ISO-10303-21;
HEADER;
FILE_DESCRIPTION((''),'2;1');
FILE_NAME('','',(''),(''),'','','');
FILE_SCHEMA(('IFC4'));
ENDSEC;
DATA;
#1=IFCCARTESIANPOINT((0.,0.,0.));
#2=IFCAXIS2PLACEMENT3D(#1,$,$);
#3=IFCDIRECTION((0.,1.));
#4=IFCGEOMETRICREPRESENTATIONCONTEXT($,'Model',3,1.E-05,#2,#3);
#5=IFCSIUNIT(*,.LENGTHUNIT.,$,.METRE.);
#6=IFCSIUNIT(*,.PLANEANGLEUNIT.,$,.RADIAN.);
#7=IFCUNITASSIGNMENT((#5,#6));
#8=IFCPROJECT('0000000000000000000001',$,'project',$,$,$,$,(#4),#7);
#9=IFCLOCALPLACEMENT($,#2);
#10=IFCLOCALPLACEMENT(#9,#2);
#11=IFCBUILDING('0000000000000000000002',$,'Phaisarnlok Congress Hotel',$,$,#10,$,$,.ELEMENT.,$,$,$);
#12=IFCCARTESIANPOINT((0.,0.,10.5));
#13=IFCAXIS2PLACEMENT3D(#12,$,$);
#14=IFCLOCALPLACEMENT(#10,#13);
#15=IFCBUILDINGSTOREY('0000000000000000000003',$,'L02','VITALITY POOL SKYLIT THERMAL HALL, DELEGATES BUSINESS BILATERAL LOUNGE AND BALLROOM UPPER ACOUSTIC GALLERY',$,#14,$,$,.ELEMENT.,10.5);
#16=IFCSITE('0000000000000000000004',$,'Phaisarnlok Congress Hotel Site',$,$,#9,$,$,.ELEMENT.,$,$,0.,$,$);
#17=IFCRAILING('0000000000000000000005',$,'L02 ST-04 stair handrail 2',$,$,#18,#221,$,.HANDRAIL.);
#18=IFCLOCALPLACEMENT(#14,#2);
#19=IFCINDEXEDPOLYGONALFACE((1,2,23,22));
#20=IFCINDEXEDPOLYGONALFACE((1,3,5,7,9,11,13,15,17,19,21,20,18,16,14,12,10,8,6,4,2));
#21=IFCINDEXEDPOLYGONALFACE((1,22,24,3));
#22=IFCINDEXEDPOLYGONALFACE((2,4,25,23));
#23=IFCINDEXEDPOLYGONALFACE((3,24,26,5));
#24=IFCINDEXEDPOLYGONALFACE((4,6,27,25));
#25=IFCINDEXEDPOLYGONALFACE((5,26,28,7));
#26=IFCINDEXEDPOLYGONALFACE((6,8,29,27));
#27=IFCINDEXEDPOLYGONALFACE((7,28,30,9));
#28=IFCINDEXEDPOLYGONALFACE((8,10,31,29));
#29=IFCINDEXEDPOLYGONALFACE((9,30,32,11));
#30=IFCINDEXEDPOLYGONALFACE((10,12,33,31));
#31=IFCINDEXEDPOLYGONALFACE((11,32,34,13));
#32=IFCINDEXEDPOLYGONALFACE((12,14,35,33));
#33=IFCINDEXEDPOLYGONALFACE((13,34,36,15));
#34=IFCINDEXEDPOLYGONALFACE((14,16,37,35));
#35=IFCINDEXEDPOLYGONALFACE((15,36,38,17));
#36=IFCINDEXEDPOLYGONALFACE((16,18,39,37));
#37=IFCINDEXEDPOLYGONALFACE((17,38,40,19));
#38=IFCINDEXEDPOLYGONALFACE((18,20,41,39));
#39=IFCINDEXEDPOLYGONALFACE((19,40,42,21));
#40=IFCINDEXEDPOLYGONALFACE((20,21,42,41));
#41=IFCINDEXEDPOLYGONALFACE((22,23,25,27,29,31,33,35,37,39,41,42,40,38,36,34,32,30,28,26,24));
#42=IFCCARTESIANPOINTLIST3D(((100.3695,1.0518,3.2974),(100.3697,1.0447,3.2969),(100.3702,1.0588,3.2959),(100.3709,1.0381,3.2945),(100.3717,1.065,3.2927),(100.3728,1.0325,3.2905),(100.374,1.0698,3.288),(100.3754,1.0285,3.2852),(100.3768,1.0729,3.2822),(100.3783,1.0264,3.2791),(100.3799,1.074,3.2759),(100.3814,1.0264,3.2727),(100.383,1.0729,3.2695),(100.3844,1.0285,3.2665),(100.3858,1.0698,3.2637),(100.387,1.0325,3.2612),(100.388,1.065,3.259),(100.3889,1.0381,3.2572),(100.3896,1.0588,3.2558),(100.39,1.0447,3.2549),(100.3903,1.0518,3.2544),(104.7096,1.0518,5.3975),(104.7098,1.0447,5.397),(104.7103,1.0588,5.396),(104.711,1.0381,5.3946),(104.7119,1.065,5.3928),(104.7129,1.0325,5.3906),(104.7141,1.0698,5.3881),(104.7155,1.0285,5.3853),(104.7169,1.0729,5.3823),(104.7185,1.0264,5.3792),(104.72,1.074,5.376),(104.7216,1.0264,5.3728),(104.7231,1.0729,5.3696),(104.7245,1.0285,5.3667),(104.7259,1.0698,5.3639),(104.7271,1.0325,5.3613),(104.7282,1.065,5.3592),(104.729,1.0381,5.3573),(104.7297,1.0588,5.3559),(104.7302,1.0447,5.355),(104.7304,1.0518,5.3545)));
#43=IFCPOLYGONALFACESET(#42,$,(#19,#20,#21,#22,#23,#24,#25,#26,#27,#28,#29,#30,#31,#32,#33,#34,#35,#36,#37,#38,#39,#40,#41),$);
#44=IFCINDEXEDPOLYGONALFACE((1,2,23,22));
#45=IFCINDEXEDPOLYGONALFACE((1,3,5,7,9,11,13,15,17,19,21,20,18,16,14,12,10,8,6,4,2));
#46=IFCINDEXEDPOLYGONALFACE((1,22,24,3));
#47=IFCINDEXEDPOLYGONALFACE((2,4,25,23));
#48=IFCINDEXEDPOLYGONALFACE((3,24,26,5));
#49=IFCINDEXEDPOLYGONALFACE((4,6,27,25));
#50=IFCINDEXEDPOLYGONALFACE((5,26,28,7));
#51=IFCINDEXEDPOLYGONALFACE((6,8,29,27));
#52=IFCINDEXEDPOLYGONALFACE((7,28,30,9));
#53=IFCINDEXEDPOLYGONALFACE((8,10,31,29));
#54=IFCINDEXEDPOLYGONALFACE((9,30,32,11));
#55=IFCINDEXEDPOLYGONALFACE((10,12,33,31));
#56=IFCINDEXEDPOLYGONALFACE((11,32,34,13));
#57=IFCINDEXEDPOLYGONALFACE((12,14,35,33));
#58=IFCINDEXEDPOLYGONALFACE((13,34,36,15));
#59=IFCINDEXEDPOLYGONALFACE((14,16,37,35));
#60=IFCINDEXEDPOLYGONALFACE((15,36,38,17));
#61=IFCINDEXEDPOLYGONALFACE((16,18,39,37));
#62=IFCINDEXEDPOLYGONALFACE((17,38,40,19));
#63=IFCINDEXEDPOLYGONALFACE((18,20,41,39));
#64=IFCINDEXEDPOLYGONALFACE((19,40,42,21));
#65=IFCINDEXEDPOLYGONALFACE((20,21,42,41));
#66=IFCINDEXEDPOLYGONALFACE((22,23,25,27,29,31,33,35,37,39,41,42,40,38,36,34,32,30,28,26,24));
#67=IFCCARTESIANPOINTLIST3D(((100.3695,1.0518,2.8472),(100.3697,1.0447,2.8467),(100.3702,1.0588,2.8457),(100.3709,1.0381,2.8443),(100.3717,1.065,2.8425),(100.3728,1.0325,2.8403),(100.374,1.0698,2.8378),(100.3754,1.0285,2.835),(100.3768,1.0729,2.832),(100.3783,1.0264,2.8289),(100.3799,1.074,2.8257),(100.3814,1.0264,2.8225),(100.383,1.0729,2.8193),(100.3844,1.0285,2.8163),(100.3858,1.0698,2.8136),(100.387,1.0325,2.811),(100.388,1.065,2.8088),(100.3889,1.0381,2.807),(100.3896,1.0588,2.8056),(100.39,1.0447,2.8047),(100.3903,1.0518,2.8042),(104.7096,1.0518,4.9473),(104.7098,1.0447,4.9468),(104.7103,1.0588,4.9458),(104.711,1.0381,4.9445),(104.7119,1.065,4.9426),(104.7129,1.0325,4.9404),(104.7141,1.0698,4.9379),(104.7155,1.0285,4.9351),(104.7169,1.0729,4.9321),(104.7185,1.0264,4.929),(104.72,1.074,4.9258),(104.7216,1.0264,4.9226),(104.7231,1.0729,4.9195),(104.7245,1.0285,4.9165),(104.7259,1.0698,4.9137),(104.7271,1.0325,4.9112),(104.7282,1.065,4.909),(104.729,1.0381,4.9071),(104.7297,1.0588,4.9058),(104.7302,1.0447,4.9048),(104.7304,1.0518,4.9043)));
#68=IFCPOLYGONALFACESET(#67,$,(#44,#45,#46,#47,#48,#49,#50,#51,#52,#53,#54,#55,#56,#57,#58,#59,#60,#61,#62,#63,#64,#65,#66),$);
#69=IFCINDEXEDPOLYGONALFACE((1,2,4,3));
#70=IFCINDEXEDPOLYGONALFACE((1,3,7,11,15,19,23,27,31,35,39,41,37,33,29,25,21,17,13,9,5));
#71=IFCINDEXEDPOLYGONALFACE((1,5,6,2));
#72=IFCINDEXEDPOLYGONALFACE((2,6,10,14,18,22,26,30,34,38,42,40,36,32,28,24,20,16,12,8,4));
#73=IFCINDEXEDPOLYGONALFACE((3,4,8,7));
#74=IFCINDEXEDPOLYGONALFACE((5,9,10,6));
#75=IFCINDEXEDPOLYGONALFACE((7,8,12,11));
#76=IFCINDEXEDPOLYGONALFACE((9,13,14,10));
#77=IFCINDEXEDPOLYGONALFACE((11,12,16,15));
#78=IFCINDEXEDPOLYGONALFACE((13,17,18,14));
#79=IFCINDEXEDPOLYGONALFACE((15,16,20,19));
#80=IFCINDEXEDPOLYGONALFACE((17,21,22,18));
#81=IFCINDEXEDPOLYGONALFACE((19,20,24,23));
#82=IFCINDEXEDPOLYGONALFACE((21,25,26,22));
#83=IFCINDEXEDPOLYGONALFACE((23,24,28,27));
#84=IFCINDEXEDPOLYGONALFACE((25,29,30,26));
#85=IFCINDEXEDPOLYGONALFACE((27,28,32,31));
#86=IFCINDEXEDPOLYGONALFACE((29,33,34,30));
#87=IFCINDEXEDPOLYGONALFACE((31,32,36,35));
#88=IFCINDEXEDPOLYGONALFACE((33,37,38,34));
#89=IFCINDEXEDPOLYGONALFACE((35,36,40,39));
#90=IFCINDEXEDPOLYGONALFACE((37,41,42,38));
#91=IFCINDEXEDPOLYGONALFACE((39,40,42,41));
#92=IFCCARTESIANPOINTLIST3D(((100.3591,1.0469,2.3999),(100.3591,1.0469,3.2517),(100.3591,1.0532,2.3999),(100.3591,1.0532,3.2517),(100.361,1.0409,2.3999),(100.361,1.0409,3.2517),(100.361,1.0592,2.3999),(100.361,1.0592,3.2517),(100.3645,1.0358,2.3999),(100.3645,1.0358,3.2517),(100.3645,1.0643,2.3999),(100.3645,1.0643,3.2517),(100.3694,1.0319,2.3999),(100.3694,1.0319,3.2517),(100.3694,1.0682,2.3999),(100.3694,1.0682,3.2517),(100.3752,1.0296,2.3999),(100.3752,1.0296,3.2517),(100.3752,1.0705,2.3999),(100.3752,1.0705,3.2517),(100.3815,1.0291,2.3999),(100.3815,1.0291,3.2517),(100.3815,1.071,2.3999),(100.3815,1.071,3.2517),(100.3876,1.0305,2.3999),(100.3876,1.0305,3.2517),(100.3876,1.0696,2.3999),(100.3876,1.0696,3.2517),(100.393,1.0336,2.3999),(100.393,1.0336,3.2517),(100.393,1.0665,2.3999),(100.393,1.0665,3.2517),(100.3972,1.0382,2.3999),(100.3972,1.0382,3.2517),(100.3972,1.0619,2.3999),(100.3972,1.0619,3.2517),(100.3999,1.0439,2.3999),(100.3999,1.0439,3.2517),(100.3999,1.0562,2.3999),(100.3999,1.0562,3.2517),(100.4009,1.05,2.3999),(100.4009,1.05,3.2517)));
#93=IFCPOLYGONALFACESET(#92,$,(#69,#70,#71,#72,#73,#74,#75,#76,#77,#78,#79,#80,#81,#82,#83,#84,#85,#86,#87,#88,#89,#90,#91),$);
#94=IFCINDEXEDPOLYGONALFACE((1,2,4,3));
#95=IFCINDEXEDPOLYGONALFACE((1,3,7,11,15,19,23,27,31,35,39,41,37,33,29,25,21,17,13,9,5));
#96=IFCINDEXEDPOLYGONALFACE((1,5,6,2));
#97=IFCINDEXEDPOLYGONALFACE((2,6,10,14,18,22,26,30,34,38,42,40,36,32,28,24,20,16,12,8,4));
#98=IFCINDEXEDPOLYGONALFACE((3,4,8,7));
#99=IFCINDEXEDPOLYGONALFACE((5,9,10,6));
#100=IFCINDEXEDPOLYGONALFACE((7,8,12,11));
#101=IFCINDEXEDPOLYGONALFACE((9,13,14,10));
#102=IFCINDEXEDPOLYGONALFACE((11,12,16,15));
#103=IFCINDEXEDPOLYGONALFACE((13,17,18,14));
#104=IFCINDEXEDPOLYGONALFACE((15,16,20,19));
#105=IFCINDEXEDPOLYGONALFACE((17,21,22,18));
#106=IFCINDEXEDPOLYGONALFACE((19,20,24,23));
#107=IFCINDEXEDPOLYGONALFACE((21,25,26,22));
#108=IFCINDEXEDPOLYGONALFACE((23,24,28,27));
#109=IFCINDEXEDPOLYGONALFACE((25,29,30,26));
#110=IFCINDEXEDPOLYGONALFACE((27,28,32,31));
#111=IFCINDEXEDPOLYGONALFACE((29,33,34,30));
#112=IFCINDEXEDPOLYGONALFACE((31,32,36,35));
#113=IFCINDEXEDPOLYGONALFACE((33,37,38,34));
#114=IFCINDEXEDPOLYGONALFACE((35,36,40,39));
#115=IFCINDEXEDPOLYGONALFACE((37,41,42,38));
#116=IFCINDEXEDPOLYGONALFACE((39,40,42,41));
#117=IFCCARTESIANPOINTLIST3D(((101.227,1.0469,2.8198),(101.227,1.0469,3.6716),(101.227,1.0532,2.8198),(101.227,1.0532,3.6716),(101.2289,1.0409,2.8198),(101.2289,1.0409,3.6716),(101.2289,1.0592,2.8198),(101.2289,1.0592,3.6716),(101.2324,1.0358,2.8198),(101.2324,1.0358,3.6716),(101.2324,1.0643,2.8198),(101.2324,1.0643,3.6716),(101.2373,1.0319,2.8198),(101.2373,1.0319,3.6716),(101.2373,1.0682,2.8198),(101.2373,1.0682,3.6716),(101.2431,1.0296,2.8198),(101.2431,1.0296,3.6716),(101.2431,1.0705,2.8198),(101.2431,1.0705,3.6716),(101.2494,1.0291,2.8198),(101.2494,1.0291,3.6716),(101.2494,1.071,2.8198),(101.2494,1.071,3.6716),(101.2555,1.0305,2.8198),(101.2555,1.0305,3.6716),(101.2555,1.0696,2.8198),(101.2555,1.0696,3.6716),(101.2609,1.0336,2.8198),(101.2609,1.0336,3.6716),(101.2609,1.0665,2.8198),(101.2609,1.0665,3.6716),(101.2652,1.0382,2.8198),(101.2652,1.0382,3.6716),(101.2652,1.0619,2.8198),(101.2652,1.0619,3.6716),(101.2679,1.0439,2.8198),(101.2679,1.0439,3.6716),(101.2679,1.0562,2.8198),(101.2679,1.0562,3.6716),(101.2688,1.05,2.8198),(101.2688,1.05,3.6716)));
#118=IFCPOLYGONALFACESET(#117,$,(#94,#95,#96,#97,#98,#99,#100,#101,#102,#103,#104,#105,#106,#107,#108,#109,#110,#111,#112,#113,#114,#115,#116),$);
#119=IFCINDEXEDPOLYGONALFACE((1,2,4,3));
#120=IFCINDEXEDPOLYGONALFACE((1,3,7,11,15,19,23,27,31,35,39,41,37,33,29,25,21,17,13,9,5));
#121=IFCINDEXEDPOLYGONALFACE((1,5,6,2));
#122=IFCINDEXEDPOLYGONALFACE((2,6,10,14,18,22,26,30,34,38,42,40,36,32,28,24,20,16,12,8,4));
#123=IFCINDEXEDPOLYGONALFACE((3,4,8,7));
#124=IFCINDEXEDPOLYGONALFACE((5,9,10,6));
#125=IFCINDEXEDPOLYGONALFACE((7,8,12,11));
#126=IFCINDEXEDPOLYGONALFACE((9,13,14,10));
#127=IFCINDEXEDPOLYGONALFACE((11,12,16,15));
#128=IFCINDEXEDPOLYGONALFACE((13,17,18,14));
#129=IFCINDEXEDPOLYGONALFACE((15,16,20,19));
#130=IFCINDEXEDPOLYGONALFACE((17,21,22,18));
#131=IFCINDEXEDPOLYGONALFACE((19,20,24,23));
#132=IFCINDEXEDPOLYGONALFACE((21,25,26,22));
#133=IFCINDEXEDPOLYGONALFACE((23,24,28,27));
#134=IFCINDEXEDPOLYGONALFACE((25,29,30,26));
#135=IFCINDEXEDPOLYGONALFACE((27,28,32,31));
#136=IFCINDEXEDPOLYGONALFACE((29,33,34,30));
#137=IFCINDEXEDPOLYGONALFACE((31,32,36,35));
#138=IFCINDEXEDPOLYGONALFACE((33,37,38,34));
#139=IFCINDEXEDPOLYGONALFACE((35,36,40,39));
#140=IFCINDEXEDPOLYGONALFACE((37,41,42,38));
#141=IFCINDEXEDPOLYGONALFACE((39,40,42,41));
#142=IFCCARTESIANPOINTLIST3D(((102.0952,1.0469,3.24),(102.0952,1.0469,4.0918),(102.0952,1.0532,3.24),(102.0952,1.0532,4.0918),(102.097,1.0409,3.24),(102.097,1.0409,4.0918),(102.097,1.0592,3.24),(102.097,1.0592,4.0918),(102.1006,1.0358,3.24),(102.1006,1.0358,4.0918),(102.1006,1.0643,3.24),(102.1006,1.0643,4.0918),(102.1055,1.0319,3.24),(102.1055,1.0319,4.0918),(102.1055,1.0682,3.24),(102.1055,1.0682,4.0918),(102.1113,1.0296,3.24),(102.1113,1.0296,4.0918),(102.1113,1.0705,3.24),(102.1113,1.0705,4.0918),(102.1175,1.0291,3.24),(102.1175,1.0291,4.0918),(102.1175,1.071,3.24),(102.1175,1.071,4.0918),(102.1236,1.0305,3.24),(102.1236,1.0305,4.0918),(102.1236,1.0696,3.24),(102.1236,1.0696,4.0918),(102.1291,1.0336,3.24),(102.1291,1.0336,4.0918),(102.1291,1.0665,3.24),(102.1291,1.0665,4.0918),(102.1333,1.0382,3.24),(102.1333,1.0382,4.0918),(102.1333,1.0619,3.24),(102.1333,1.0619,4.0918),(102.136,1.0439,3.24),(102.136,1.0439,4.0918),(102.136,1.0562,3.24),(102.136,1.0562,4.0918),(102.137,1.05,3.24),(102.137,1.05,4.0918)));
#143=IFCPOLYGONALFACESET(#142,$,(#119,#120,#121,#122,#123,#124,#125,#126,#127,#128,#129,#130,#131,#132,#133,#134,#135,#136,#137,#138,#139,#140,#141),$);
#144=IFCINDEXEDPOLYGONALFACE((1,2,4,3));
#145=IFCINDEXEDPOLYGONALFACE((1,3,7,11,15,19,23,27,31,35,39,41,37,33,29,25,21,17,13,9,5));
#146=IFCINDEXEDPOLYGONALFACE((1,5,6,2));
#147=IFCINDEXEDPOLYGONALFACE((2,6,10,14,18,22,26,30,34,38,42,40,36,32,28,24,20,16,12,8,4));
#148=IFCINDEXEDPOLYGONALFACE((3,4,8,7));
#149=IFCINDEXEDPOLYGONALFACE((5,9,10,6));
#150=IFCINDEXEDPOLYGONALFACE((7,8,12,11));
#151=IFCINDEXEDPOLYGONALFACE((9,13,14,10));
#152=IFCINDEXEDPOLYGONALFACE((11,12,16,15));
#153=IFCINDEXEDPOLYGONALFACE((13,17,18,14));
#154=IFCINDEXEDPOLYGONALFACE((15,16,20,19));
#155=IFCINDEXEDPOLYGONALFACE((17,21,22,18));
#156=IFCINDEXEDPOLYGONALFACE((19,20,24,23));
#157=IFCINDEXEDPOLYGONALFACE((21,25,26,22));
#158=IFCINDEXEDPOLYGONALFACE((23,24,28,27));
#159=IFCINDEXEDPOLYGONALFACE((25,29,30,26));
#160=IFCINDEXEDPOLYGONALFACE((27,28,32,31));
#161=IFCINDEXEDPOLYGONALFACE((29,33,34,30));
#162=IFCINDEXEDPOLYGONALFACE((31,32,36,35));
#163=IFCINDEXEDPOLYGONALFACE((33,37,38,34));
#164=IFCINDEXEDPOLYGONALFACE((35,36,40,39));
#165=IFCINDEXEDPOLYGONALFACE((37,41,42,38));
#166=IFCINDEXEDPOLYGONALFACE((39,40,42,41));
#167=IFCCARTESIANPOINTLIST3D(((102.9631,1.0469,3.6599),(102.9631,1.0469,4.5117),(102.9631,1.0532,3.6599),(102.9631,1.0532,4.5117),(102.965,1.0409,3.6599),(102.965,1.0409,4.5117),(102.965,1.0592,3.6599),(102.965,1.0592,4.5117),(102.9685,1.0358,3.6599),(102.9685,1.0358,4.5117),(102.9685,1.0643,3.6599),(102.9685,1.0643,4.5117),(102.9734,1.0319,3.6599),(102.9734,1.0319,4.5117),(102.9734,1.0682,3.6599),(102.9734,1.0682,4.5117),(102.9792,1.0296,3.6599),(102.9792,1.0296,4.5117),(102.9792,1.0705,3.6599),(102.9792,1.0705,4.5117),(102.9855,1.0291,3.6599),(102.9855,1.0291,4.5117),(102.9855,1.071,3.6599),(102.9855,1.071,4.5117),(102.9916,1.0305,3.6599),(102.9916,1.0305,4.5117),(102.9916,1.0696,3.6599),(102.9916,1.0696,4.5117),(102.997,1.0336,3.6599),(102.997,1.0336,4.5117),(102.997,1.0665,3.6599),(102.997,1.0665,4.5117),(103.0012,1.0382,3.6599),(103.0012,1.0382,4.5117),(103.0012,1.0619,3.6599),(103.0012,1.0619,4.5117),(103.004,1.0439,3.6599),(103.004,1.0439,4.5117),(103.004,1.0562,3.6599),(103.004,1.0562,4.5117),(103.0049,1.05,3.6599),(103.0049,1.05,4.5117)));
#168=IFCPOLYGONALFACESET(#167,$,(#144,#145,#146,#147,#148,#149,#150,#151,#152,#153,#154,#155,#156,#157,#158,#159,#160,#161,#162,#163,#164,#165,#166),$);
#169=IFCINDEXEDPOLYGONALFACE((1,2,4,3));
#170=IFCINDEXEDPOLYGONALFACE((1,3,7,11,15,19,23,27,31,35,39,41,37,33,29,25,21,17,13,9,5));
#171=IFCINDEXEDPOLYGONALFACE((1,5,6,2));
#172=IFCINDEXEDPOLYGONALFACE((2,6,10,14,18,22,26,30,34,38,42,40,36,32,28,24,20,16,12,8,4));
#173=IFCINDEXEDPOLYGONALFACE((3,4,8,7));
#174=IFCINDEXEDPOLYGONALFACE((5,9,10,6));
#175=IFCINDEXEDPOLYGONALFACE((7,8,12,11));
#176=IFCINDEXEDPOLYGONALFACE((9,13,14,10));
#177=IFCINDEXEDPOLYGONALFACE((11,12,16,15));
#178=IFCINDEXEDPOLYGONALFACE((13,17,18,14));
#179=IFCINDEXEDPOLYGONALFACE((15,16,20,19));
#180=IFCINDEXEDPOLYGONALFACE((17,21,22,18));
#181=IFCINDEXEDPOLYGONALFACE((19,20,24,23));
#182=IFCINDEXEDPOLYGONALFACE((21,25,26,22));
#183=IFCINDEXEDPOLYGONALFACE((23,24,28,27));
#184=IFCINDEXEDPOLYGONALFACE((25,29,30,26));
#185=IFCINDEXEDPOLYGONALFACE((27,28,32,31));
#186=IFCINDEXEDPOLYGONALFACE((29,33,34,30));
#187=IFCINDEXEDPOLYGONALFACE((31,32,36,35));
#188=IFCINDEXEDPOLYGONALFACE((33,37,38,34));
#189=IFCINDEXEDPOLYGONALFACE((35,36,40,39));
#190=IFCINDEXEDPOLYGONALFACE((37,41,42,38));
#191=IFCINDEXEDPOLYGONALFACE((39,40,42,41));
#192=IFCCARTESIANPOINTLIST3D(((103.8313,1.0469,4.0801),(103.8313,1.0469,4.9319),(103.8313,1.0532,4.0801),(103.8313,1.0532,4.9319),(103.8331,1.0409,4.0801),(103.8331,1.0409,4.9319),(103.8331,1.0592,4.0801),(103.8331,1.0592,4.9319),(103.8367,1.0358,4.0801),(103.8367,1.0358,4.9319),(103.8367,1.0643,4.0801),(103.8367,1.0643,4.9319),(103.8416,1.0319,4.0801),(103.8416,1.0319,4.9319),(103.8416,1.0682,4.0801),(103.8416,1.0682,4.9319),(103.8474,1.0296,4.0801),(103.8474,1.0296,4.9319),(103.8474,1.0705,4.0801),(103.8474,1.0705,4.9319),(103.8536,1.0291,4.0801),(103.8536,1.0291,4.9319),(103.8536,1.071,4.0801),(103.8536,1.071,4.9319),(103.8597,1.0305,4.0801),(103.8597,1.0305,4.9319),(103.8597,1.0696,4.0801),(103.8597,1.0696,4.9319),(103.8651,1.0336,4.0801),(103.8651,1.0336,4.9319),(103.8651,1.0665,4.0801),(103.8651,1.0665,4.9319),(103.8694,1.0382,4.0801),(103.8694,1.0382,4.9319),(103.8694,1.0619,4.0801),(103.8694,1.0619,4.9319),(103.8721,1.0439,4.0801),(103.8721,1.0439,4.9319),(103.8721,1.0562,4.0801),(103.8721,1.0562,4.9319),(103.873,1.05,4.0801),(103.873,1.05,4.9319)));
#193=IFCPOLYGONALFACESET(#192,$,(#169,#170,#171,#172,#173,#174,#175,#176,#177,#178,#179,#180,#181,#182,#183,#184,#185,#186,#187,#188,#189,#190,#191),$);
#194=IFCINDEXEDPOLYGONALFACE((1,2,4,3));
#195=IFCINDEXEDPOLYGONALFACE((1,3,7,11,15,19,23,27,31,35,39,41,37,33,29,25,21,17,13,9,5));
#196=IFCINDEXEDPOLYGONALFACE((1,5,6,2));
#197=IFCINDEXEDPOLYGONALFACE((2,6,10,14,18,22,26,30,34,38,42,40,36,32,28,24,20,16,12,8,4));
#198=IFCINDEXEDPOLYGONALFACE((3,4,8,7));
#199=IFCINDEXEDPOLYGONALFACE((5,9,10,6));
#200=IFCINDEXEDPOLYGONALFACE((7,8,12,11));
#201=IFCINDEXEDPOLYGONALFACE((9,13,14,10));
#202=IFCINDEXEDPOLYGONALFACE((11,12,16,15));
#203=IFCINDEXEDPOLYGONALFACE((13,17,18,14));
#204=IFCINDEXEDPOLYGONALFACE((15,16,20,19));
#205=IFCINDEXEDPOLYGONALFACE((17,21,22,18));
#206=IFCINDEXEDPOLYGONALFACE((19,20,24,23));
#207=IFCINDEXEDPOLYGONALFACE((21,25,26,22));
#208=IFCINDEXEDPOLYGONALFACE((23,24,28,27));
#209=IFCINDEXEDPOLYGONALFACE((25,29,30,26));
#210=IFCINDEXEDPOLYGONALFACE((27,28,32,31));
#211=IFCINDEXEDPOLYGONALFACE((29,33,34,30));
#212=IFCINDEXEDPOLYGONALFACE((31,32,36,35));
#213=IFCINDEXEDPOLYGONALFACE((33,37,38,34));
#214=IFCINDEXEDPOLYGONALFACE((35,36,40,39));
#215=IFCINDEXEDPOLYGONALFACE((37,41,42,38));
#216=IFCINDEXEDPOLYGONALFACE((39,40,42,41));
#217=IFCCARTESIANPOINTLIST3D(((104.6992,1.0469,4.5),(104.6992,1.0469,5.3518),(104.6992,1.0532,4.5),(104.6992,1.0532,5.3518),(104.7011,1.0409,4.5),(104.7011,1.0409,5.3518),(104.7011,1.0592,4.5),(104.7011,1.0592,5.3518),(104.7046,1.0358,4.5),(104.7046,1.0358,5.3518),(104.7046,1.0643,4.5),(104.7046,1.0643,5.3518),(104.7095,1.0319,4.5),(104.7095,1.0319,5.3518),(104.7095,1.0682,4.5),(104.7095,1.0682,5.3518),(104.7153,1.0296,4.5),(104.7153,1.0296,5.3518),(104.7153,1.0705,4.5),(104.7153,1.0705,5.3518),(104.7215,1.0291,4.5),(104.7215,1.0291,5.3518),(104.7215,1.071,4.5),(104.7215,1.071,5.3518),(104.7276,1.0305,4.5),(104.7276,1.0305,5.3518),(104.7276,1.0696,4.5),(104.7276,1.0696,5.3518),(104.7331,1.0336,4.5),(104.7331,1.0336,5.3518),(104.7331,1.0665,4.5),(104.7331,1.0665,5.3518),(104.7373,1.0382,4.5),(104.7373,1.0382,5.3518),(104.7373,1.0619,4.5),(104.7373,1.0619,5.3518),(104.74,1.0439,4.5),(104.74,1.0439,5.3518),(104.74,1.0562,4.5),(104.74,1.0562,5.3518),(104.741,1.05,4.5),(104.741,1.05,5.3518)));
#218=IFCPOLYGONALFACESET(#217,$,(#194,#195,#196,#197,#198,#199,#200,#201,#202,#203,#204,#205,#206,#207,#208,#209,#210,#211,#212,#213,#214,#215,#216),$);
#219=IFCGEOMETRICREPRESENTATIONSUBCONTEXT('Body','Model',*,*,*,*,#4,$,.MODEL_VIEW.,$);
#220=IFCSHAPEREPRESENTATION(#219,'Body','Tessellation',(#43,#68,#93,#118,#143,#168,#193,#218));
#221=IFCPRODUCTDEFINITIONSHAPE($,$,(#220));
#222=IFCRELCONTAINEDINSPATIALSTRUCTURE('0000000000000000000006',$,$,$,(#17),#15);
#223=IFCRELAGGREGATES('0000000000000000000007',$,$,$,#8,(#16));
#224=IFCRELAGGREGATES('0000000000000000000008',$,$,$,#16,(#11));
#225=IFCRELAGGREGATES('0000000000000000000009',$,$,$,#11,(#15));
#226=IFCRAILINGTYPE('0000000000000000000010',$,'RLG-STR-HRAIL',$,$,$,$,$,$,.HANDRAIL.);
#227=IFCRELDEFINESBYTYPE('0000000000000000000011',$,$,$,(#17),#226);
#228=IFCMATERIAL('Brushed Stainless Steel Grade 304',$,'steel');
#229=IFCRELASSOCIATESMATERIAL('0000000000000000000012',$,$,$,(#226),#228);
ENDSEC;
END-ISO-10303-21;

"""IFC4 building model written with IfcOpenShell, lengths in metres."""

from ifc_helpers import new_model, si_unit, direction, frame, origin, origin_2d, place, context, subcontext, project, spatial, circle, extrude, material, type_object, element, save


model = new_model("IFC4")

# Units and contexts
model_context = context("Model", 3, precision=1e-05, world=origin(), true_north=direction((0.0, 1.0)))
body_context = subcontext(model_context, "Body", "Model", "MODEL_VIEW")
ifc_project = project(units=[si_unit("LENGTHUNIT", "METRE"), si_unit("PLANEANGLEUNIT", "RADIAN")], contexts=[model_context])

# Site, building, storey
site_placement = place(None, origin())
site = spatial("IfcSite", under=ifc_project, at=site_placement, Name="Phaisarnlok Congress Hotel Site", CompositionType="ELEMENT", RefElevation=0.0)
building_placement = place(site_placement, origin())
building = spatial("IfcBuilding", under=site, at=building_placement, Name="Phaisarnlok Congress Hotel", CompositionType="ELEMENT")
storey_placement = place(building_placement, frame((0.0, 0.0, 10.5)))
storey = spatial("IfcBuildingStorey", under=building, at=storey_placement, Name="L02", Description="VITALITY POOL SKYLIT THERMAL HALL, DELEGATES BUSINESS BILATERAL LOUNGE AND BALLROOM UPPER ACOUSTIC GALLERY", CompositionType="ELEMENT", Elevation=10.5)

# Railing
ifc_material_1 = material(Name="Brushed Stainless Steel Grade 304", Category="steel")
railing_type = type_object("IfcRailingType", Name="RLG-STR-HRAIL", PredefinedType="HANDRAIL", material=ifc_material_1)
railing_placement = place(storey_placement, frame((100.3799, 1.05, 2.3999)))
element("IfcRailing", 1, at=railing_placement, inside=storey, type_object=railing_type, Name="L02 ST-04 stair handrail 2", PredefinedType="HANDRAIL", context=body_context, shape_type="SweptSolid", body=[
    extrude(circle(Radius=0.0239, at=origin_2d()), frame((0.0, 0.0, 0.876), z_axis=(0.900155, 0.0, 0.43557), x_axis=(0.0, 1.0, 0.0)), (0.0, 0.0, 1.0), 4.8215),
    extrude(circle(Radius=0.0239, at=origin_2d()), frame((0.0, 0.0, 0.4258), z_axis=(0.900155, 0.0, 0.43557), x_axis=(0.0, 1.0, 0.0)), (0.0, 0.0, 1.0), 4.8215),
    extrude(circle(Radius=0.021, at=origin_2d()), origin(), (0.0, 0.0, 1.0), 0.8518),
    extrude(circle(Radius=0.021, at=origin_2d()), frame((0.8679, 0.0, 0.4199)), (0.0, 0.0, 1.0), 0.8518),
    extrude(circle(Radius=0.021, at=origin_2d()), frame((1.7361, 0.0, 0.8401)), (0.0, 0.0, 1.0), 0.8518),
    extrude(circle(Radius=0.021, at=origin_2d()), frame((2.604, 0.0, 1.26)), (0.0, 0.0, 1.0), 0.8518),
    extrude(circle(Radius=0.021, at=origin_2d()), frame((3.4722, 0.0, 1.6802)), (0.0, 0.0, 1.0), 0.8518),
    extrude(circle(Radius=0.021, at=origin_2d()), frame((4.3401, 0.0, 2.1001)), (0.0, 0.0, 1.0), 0.8518),
])

save(model, "model.ifc")
